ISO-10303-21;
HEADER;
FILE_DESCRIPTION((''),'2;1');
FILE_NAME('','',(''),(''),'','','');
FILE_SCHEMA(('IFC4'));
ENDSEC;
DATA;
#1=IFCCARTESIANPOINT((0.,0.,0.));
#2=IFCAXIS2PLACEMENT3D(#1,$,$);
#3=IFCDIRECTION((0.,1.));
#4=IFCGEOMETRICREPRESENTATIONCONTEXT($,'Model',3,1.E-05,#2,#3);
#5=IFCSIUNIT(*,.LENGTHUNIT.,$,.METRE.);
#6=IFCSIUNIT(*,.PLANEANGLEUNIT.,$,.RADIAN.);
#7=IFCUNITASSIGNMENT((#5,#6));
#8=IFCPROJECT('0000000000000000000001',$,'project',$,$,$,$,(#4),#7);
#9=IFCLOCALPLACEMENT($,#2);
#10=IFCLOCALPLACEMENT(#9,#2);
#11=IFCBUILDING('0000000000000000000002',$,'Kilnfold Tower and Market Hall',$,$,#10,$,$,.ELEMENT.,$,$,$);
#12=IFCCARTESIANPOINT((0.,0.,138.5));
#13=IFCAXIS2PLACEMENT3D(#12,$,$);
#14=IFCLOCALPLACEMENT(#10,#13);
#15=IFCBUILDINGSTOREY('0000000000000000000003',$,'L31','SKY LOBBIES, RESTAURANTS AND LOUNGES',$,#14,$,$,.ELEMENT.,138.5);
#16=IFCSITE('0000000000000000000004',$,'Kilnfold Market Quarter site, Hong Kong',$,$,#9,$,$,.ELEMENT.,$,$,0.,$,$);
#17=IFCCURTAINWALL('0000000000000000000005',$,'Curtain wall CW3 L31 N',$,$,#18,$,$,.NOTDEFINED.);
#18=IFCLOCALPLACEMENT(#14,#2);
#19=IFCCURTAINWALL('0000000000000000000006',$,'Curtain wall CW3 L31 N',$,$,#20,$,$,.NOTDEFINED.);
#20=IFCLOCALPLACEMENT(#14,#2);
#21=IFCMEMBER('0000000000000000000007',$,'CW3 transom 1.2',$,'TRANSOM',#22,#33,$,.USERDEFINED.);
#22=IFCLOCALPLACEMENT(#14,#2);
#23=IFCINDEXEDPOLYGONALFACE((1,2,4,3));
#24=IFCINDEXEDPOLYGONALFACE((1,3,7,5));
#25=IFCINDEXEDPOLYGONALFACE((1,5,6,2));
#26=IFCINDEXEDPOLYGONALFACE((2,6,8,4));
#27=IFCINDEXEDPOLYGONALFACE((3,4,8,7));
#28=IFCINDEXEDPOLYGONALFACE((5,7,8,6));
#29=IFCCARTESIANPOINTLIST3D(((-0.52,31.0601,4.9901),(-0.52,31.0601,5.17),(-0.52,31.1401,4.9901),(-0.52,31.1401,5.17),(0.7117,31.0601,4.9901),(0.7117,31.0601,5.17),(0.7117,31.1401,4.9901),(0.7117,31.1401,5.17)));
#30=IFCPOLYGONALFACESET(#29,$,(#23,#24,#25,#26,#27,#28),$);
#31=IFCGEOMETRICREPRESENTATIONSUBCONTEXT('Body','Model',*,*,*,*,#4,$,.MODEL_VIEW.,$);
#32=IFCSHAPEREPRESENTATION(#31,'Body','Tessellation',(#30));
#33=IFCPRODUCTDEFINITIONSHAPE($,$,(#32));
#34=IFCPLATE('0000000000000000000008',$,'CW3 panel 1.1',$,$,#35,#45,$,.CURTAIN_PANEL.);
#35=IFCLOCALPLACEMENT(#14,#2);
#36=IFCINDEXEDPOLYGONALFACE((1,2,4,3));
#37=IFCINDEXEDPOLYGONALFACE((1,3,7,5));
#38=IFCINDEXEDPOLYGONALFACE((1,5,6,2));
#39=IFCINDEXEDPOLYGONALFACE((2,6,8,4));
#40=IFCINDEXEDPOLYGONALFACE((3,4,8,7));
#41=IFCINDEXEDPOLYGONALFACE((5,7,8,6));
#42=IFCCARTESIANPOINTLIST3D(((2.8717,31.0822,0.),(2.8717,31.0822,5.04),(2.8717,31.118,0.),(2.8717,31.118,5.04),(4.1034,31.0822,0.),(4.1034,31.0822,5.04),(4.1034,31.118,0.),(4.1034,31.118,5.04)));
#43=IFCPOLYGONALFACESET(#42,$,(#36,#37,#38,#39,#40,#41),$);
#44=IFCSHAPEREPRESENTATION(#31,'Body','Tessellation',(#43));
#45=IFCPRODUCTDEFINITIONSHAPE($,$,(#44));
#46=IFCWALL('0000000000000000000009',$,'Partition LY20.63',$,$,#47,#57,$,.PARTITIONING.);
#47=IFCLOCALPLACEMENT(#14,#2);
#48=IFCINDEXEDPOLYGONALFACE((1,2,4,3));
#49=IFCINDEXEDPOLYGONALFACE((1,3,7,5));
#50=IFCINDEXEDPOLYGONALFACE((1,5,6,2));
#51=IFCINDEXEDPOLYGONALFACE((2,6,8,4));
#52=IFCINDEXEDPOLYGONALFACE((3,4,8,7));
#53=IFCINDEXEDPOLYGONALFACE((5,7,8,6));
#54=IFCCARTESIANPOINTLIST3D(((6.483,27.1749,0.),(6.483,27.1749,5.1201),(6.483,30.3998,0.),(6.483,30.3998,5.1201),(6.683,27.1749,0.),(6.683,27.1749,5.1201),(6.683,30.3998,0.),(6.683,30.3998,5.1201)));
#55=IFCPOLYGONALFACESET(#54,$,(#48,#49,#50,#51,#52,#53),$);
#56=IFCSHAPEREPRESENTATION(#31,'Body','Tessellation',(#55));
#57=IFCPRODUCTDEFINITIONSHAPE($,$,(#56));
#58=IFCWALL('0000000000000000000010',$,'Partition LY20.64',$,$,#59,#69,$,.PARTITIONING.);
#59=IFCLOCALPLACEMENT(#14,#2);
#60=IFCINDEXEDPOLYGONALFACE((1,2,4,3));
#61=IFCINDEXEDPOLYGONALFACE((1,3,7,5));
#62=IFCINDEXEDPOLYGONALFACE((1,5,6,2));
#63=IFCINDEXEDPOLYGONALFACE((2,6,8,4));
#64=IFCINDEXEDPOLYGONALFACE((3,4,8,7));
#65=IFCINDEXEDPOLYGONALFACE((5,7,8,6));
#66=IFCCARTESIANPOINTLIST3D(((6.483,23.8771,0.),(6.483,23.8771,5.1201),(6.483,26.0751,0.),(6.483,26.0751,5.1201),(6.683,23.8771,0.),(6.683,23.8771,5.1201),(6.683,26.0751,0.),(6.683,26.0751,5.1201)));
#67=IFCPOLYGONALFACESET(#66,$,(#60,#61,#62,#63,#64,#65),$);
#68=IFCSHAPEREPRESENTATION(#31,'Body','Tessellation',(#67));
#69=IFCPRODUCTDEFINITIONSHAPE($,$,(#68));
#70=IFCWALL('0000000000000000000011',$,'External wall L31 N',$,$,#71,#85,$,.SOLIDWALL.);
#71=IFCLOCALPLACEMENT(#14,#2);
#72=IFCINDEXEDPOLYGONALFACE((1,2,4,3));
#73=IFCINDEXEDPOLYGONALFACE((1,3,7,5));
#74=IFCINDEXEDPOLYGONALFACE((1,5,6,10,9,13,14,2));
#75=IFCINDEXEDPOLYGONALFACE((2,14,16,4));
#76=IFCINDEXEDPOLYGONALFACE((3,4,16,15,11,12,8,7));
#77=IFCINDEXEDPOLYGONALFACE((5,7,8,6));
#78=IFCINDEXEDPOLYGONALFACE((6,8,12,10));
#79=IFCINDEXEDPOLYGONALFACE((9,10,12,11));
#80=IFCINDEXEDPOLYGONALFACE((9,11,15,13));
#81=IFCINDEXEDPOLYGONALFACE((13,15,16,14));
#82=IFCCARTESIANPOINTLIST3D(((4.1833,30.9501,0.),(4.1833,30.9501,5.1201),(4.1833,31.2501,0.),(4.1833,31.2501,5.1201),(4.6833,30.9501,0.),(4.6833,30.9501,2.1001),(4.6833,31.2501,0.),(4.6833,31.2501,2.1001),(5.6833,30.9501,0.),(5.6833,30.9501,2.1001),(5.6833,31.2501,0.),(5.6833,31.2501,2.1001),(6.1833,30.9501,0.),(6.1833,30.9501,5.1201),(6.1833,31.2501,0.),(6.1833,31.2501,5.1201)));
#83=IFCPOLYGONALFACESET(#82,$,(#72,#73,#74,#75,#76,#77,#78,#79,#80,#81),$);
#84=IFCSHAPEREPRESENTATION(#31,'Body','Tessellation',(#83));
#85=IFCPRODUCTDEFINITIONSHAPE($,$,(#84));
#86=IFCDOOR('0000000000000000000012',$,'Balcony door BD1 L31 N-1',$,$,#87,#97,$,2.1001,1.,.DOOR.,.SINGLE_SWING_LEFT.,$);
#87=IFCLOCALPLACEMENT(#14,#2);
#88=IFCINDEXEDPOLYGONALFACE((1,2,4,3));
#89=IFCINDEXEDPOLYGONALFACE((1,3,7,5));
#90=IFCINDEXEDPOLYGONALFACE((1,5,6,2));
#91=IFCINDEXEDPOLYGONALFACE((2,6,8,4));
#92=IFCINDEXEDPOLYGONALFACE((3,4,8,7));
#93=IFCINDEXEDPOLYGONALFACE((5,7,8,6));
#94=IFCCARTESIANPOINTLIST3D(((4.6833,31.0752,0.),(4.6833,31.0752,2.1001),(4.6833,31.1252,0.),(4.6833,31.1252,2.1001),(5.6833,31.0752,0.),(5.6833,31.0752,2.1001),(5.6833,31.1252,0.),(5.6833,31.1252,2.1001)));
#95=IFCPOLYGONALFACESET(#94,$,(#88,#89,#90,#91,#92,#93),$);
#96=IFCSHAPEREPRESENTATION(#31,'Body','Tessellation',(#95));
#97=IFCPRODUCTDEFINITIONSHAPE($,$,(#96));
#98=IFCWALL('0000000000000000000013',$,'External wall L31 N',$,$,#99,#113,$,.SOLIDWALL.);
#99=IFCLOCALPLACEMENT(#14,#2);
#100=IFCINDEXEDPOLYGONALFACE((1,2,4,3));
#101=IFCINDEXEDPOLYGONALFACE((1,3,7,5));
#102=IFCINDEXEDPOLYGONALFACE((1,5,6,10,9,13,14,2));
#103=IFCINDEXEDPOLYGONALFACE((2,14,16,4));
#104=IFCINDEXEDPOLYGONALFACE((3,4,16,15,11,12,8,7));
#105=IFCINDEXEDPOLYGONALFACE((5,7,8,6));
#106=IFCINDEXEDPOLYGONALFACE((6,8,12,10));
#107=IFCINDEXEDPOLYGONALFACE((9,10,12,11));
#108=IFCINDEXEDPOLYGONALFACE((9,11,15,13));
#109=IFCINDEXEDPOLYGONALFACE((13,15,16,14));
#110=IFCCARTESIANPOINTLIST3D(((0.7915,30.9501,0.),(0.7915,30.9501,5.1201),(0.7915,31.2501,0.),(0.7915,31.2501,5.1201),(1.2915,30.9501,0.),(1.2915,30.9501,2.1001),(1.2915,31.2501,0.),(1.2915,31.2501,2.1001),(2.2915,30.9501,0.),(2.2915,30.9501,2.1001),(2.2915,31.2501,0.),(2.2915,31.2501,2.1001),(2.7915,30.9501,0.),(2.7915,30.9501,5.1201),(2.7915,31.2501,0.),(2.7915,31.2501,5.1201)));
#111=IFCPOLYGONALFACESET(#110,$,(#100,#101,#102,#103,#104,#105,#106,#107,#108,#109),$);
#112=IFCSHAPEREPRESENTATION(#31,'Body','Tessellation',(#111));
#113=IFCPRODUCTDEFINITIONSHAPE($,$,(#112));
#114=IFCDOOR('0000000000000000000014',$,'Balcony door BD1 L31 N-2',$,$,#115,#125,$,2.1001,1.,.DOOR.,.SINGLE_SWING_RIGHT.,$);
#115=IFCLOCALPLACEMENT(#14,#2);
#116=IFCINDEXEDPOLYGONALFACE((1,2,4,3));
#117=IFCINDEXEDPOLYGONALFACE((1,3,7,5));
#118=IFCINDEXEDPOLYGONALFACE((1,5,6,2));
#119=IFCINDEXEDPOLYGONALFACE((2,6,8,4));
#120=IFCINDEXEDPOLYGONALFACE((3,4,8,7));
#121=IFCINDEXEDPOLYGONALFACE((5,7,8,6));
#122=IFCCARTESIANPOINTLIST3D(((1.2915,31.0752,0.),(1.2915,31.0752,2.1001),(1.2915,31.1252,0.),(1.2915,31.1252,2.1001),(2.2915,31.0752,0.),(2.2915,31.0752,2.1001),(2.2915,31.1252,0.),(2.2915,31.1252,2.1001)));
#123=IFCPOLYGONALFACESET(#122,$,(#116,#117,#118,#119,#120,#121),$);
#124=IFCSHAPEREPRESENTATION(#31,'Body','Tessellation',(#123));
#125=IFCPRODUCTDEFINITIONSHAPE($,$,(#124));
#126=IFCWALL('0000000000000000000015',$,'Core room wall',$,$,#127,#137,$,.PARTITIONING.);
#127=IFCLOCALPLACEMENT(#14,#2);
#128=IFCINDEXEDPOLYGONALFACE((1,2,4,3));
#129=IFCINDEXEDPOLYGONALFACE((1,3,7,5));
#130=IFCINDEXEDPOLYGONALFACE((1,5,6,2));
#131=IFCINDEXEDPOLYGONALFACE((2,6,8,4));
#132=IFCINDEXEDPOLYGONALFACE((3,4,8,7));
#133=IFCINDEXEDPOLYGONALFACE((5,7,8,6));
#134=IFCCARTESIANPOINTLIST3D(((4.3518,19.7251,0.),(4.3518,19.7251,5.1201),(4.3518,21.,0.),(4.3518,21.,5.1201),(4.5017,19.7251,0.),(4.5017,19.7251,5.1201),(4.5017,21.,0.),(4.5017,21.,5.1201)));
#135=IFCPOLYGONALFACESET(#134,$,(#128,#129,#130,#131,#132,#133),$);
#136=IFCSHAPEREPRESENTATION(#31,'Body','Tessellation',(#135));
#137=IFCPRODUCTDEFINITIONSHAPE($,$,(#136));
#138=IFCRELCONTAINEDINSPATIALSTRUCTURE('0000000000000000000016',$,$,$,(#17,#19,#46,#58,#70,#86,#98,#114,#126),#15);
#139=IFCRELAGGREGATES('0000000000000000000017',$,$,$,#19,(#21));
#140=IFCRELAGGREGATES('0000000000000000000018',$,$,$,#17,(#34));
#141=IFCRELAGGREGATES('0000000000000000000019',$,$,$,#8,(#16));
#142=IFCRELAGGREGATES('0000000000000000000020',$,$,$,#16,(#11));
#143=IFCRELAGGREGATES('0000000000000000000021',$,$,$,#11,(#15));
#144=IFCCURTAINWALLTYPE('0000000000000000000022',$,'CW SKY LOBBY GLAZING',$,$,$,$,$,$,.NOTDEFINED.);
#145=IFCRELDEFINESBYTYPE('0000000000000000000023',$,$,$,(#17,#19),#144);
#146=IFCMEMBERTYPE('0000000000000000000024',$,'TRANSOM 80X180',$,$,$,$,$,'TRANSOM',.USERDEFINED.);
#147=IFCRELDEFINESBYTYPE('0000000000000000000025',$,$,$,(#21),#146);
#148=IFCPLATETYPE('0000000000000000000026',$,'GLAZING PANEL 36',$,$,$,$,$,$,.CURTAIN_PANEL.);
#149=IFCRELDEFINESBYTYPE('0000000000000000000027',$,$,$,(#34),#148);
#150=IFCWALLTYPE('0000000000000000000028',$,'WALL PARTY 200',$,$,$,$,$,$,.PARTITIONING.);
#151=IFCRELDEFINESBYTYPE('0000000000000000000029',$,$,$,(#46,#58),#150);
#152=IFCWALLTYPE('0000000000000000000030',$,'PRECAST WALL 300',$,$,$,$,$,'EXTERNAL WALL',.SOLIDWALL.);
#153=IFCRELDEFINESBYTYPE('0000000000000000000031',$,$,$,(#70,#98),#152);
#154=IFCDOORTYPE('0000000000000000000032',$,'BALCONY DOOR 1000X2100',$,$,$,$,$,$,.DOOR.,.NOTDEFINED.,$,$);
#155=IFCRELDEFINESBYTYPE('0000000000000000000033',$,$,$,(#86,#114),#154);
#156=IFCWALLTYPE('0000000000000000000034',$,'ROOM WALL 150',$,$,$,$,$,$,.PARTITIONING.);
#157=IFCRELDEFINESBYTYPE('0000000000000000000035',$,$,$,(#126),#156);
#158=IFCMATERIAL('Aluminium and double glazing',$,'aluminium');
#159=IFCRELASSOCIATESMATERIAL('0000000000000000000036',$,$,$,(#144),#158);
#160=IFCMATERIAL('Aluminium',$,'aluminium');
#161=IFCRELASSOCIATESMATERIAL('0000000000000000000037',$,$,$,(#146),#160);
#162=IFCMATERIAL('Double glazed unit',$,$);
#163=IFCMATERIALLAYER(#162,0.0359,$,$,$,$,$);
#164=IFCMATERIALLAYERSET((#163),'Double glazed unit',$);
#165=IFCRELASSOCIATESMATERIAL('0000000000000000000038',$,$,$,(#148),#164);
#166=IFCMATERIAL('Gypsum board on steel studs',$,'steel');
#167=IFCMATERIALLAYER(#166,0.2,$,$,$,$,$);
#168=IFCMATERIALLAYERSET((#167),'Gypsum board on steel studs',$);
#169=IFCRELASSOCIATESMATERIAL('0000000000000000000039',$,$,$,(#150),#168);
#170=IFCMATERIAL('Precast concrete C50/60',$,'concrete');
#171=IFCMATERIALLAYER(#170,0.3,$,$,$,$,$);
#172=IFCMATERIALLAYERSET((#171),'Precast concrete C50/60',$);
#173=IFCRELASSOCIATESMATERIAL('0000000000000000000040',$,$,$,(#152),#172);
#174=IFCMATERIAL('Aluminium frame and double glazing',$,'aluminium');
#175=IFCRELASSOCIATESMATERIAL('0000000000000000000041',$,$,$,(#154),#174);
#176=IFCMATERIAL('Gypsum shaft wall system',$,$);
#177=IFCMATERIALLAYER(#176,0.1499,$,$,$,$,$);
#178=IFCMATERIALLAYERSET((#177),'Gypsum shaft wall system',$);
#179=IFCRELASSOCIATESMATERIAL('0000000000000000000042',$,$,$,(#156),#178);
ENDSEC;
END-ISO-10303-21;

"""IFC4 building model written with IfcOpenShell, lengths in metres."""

from ifc_helpers import new_model, si_unit, direction, frame, frame_2d, origin, origin_2d, place, context, subcontext, project, spatial, rectangle, extrude, source, transform, mapped, material, layer, layer_set, material_profile, profile_set, type_object, element, fill, aggregate, save


model = new_model("IFC4")

# Units and contexts
model_context = context("Model", 3, precision=1e-05, world=origin(), true_north=direction((0.0, 1.0)))
body_context = subcontext(model_context, "Body", "Model", "MODEL_VIEW")
ifc_project = project(units=[si_unit("LENGTHUNIT", "METRE"), si_unit("PLANEANGLEUNIT", "RADIAN")], contexts=[model_context])

# Site, building, storey
site_placement = place(None, origin())
site = spatial("IfcSite", under=ifc_project, at=site_placement, Name="Kilnfold Market Quarter site, Hong Kong", CompositionType="ELEMENT", RefElevation=0.0)
building_placement = place(site_placement, origin())
building = spatial("IfcBuilding", under=site, at=building_placement, Name="Kilnfold Tower and Market Hall", CompositionType="ELEMENT")
storey_placement = place(building_placement, frame((0.0, 0.0, 138.5)))
storey = spatial("IfcBuildingStorey", under=building, at=storey_placement, Name="L31", Description="SKY LOBBIES, RESTAURANTS AND LOUNGES", CompositionType="ELEMENT", Elevation=138.5)

# Shared definitions
ifc_material_1 = material(Name="Aluminium and double glazing", Category="aluminium")
curtain_wall_type = type_object("IfcCurtainWallType", Name="CW SKY LOBBY GLAZING", PredefinedType="NOTDEFINED", material=ifc_material_1)

# Curtain wall
curtain_wall_1_placement = place(storey_placement, origin())
curtain_wall_1 = element("IfcCurtainWall", 1, at=curtain_wall_1_placement, inside=storey, type_object=curtain_wall_type, Name="Curtain wall CW3 L31 N", PredefinedType="NOTDEFINED")

# Curtain wall
curtain_wall_2_placement = place(storey_placement, origin())
curtain_wall_2 = element("IfcCurtainWall", 2, at=curtain_wall_2_placement, inside=storey, type_object=curtain_wall_type, Name="Curtain wall CW3 L31 N", PredefinedType="NOTDEFINED")

# Member
ifc_material_2 = material(Name="Aluminium", Category="aluminium")
ifc_material_profile_1 = material_profile(ifc_material_2, rectangle(XDim=0.0801, YDim=0.1799, at=origin_2d()), Name="TRANSOM 80x180")
ifc_profile_set_1 = profile_set([ifc_material_profile_1], Name="Aluminium")
member_type_1 = type_object("IfcMemberType", Name="TRANSOM 80X180", ElementType="TRANSOM", PredefinedType="USERDEFINED", material=ifc_profile_set_1)
shared_shape_1 = source(origin(), body_context, "Body", "SweptSolid", [
    extrude(rectangle(XDim=0.0801, YDim=0.1799, at=origin_2d()), origin(), (0.0, 0.0, 1.0), 1.2317),
])
member_1_placement = place(storey_placement, frame((0.7117, 31.1001, 5.0801), z_axis=(-1.0, 0.0, 0.0), x_axis=(0.0, -1.0, 0.0)))
member_1 = element("IfcMember", 3, at=member_1_placement, type_object=member_type_1, Name="CW3 transom 1.2", ObjectType="TRANSOM", PredefinedType="USERDEFINED", context=body_context, shape_type="MappedRepresentation", body=[
    mapped(shared_shape_1, transform((0.0, 0.0, 0.0))),
])
aggregate(curtain_wall_2, [member_1])

# Plate
ifc_material_3 = material(Name="Double glazed unit")
ifc_layer_1 = layer(ifc_material_3, 0.0359)
ifc_layer_set_1 = layer_set([ifc_layer_1], Name="Double glazed unit")
plate_type = type_object("IfcPlateType", Name="GLAZING PANEL 36", PredefinedType="CURTAIN_PANEL", material=ifc_layer_set_1)
shared_shape_2 = source(origin(), body_context, "Body", "SweptSolid", [
    extrude(rectangle(XDim=1.2317, YDim=0.0359, at=origin_2d()), origin(), (0.0, 0.0, 1.0), 5.04),
])
plate_placement = place(storey_placement, frame((3.4875, 31.1001, 0.0), z_axis=(0.0, 0.0, 1.0), x_axis=(-1.0, 0.0, 0.0)))
plate = element("IfcPlate", 4, at=plate_placement, type_object=plate_type, Name="CW3 panel 1.1", PredefinedType="CURTAIN_PANEL", context=body_context, shape_type="MappedRepresentation", body=[
    mapped(shared_shape_2, transform((0.0, 0.0, 0.0))),
])
aggregate(curtain_wall_1, [plate])

# Walls
ifc_material_4 = material(Name="Gypsum board on steel studs", Category="steel")
ifc_layer_2 = layer(ifc_material_4, 0.2)
ifc_layer_set_2 = layer_set([ifc_layer_2], Name="Gypsum board on steel studs")
wall_type_1 = type_object("IfcWallType", Name="WALL PARTY 200", PredefinedType="PARTITIONING", material=ifc_layer_set_2)
wall_1_placement = place(storey_placement, frame((6.583, 27.175, 0.0), z_axis=(0.0, 0.0, 1.0), x_axis=(0.0, 1.0, 0.0)))
element("IfcWall", 5, at=wall_1_placement, inside=storey, type_object=wall_type_1, Name="Partition LY20.63", PredefinedType="PARTITIONING", context=body_context, shape_type="SweptSolid", body=[
    extrude(rectangle(XDim=3.2249, YDim=0.2, at=frame_2d((1.6123, 0.0))), origin(), (0.0, 0.0, 1.0), 5.1201),
])
wall_2_placement = place(storey_placement, frame((6.583, 23.877, 0.0), z_axis=(0.0, 0.0, 1.0), x_axis=(0.0, 1.0, 0.0)))
element("IfcWall", 6, at=wall_2_placement, inside=storey, type_object=wall_type_1, Name="Partition LY20.64", PredefinedType="PARTITIONING", context=body_context, shape_type="SweptSolid", body=[
    extrude(rectangle(XDim=2.198, YDim=0.2, at=frame_2d((1.0991, 0.0))), origin(), (0.0, 0.0, 1.0), 5.1201),
])

# Walls, openings, doors
ifc_material_5 = material(Name="Precast concrete C50/60", Category="concrete")
ifc_layer_3 = layer(ifc_material_5, 0.3)
ifc_layer_set_3 = layer_set([ifc_layer_3], Name="Precast concrete C50/60")
wall_type_2 = type_object("IfcWallType", Name="PRECAST WALL 300", ElementType="EXTERNAL WALL", PredefinedType="SOLIDWALL", material=ifc_layer_set_3)
shared_shape_3 = source(origin(), body_context, "Body", "SweptSolid", [
    extrude(rectangle(XDim=2.0, YDim=0.3, at=frame_2d((1.0, 0.0))), origin(), (0.0, 0.0, 1.0), 5.1201),
])
wall_3_placement = place(storey_placement, frame((6.1833, 31.1001, 0.0), z_axis=(0.0, 0.0, 1.0), x_axis=(-1.0, 0.0, 0.0)))
wall_3 = element("IfcWall", 7, at=wall_3_placement, inside=storey, type_object=wall_type_2, Name="External wall L31 N", PredefinedType="SOLIDWALL", context=body_context, shape_type="MappedRepresentation", body=[
    mapped(shared_shape_3, transform((0.0, 0.0, 0.0))),
])
opening_1_placement = place(wall_3_placement, frame((0.5, 0.0, 0.0)))
opening_1 = element("IfcOpeningElement", 8, at=opening_1_placement, cuts=wall_3, PredefinedType="OPENING", context=body_context, shape_type="SweptSolid", body=[
    extrude(rectangle(XDim=1.0, YDim=2.1001, at=frame_2d((0.5, 1.05))), frame((0.0, 0.1602, 0.0), z_axis=(0.0, -1.0, 0.0), x_axis=(1.0, 0.0, 0.0)), (0.0, 0.0, 1.0), 0.3201),
])
ifc_material_6 = material(Name="Aluminium frame and double glazing", Category="aluminium")
door_type = type_object("IfcDoorType", Name="BALCONY DOOR 1000X2100", OperationType="NOTDEFINED", PredefinedType="DOOR", material=ifc_material_6)
door_1_placement = place(opening_1_placement, origin())
door_1 = element("IfcDoor", 9, at=door_1_placement, inside=storey, type_object=door_type, Name="Balcony door BD1 L31 N-1", OperationType="SINGLE_SWING_LEFT", OverallHeight=2.1001, OverallWidth=1.0, PredefinedType="DOOR", context=body_context, shape_type="SweptSolid", body=[
    extrude(rectangle(XDim=1.0, YDim=2.1001, at=frame_2d((0.5, 1.05))), frame((0.0, 0.0249, 0.0), z_axis=(0.0, -1.0, 0.0), x_axis=(1.0, 0.0, 0.0)), (0.0, 0.0, 1.0), 0.05),
])
fill(opening_1, door_1)
wall_4_placement = place(storey_placement, frame((2.7915, 31.1001, 0.0), z_axis=(0.0, 0.0, 1.0), x_axis=(-1.0, 0.0, 0.0)))
wall_4 = element("IfcWall", 10, at=wall_4_placement, inside=storey, type_object=wall_type_2, Name="External wall L31 N", PredefinedType="SOLIDWALL", context=body_context, shape_type="MappedRepresentation", body=[
    mapped(shared_shape_3, transform((0.0, 0.0, 0.0))),
])
opening_2_placement = place(wall_4_placement, frame((0.5, 0.0, 0.0)))
opening_2 = element("IfcOpeningElement", 11, at=opening_2_placement, cuts=wall_4, PredefinedType="OPENING", context=body_context, shape_type="SweptSolid", body=[
    extrude(rectangle(XDim=1.0, YDim=2.1001, at=frame_2d((0.5, 1.05))), frame((0.0, 0.1602, 0.0), z_axis=(0.0, -1.0, 0.0), x_axis=(1.0, 0.0, 0.0)), (0.0, 0.0, 1.0), 0.3201),
])
door_2_placement = place(opening_2_placement, origin())
door_2 = element("IfcDoor", 12, at=door_2_placement, inside=storey, type_object=door_type, Name="Balcony door BD1 L31 N-2", OperationType="SINGLE_SWING_RIGHT", OverallHeight=2.1001, OverallWidth=1.0, PredefinedType="DOOR", context=body_context, shape_type="SweptSolid", body=[
    extrude(rectangle(XDim=1.0, YDim=2.1001, at=frame_2d((0.5, 1.05))), frame((0.0, 0.0249, 0.0), z_axis=(0.0, -1.0, 0.0), x_axis=(1.0, 0.0, 0.0)), (0.0, 0.0, 1.0), 0.05),
])
fill(opening_2, door_2)

# Wall
ifc_material_7 = material(Name="Gypsum shaft wall system")
ifc_layer_4 = layer(ifc_material_7, 0.1499)
ifc_layer_set_4 = layer_set([ifc_layer_4], Name="Gypsum shaft wall system")
wall_type_3 = type_object("IfcWallType", Name="ROOM WALL 150", PredefinedType="PARTITIONING", material=ifc_layer_set_4)
shared_shape_4 = source(origin(), body_context, "Body", "SweptSolid", [
    extrude(rectangle(XDim=1.2749, YDim=0.1499, at=frame_2d((0.6375, 0.0))), origin(), (0.0, 0.0, 1.0), 5.1201),
])
wall_5_placement = place(storey_placement, frame((4.4268, 19.7251, 0.0), z_axis=(0.0, 0.0, 1.0), x_axis=(0.0, 1.0, 0.0)))
element("IfcWall", 13, at=wall_5_placement, inside=storey, type_object=wall_type_3, Name="Core room wall", PredefinedType="PARTITIONING", context=body_context, shape_type="MappedRepresentation", body=[
    mapped(shared_shape_4, transform((0.0, 0.0, 0.0))),
])

save(model, "model.ifc")
